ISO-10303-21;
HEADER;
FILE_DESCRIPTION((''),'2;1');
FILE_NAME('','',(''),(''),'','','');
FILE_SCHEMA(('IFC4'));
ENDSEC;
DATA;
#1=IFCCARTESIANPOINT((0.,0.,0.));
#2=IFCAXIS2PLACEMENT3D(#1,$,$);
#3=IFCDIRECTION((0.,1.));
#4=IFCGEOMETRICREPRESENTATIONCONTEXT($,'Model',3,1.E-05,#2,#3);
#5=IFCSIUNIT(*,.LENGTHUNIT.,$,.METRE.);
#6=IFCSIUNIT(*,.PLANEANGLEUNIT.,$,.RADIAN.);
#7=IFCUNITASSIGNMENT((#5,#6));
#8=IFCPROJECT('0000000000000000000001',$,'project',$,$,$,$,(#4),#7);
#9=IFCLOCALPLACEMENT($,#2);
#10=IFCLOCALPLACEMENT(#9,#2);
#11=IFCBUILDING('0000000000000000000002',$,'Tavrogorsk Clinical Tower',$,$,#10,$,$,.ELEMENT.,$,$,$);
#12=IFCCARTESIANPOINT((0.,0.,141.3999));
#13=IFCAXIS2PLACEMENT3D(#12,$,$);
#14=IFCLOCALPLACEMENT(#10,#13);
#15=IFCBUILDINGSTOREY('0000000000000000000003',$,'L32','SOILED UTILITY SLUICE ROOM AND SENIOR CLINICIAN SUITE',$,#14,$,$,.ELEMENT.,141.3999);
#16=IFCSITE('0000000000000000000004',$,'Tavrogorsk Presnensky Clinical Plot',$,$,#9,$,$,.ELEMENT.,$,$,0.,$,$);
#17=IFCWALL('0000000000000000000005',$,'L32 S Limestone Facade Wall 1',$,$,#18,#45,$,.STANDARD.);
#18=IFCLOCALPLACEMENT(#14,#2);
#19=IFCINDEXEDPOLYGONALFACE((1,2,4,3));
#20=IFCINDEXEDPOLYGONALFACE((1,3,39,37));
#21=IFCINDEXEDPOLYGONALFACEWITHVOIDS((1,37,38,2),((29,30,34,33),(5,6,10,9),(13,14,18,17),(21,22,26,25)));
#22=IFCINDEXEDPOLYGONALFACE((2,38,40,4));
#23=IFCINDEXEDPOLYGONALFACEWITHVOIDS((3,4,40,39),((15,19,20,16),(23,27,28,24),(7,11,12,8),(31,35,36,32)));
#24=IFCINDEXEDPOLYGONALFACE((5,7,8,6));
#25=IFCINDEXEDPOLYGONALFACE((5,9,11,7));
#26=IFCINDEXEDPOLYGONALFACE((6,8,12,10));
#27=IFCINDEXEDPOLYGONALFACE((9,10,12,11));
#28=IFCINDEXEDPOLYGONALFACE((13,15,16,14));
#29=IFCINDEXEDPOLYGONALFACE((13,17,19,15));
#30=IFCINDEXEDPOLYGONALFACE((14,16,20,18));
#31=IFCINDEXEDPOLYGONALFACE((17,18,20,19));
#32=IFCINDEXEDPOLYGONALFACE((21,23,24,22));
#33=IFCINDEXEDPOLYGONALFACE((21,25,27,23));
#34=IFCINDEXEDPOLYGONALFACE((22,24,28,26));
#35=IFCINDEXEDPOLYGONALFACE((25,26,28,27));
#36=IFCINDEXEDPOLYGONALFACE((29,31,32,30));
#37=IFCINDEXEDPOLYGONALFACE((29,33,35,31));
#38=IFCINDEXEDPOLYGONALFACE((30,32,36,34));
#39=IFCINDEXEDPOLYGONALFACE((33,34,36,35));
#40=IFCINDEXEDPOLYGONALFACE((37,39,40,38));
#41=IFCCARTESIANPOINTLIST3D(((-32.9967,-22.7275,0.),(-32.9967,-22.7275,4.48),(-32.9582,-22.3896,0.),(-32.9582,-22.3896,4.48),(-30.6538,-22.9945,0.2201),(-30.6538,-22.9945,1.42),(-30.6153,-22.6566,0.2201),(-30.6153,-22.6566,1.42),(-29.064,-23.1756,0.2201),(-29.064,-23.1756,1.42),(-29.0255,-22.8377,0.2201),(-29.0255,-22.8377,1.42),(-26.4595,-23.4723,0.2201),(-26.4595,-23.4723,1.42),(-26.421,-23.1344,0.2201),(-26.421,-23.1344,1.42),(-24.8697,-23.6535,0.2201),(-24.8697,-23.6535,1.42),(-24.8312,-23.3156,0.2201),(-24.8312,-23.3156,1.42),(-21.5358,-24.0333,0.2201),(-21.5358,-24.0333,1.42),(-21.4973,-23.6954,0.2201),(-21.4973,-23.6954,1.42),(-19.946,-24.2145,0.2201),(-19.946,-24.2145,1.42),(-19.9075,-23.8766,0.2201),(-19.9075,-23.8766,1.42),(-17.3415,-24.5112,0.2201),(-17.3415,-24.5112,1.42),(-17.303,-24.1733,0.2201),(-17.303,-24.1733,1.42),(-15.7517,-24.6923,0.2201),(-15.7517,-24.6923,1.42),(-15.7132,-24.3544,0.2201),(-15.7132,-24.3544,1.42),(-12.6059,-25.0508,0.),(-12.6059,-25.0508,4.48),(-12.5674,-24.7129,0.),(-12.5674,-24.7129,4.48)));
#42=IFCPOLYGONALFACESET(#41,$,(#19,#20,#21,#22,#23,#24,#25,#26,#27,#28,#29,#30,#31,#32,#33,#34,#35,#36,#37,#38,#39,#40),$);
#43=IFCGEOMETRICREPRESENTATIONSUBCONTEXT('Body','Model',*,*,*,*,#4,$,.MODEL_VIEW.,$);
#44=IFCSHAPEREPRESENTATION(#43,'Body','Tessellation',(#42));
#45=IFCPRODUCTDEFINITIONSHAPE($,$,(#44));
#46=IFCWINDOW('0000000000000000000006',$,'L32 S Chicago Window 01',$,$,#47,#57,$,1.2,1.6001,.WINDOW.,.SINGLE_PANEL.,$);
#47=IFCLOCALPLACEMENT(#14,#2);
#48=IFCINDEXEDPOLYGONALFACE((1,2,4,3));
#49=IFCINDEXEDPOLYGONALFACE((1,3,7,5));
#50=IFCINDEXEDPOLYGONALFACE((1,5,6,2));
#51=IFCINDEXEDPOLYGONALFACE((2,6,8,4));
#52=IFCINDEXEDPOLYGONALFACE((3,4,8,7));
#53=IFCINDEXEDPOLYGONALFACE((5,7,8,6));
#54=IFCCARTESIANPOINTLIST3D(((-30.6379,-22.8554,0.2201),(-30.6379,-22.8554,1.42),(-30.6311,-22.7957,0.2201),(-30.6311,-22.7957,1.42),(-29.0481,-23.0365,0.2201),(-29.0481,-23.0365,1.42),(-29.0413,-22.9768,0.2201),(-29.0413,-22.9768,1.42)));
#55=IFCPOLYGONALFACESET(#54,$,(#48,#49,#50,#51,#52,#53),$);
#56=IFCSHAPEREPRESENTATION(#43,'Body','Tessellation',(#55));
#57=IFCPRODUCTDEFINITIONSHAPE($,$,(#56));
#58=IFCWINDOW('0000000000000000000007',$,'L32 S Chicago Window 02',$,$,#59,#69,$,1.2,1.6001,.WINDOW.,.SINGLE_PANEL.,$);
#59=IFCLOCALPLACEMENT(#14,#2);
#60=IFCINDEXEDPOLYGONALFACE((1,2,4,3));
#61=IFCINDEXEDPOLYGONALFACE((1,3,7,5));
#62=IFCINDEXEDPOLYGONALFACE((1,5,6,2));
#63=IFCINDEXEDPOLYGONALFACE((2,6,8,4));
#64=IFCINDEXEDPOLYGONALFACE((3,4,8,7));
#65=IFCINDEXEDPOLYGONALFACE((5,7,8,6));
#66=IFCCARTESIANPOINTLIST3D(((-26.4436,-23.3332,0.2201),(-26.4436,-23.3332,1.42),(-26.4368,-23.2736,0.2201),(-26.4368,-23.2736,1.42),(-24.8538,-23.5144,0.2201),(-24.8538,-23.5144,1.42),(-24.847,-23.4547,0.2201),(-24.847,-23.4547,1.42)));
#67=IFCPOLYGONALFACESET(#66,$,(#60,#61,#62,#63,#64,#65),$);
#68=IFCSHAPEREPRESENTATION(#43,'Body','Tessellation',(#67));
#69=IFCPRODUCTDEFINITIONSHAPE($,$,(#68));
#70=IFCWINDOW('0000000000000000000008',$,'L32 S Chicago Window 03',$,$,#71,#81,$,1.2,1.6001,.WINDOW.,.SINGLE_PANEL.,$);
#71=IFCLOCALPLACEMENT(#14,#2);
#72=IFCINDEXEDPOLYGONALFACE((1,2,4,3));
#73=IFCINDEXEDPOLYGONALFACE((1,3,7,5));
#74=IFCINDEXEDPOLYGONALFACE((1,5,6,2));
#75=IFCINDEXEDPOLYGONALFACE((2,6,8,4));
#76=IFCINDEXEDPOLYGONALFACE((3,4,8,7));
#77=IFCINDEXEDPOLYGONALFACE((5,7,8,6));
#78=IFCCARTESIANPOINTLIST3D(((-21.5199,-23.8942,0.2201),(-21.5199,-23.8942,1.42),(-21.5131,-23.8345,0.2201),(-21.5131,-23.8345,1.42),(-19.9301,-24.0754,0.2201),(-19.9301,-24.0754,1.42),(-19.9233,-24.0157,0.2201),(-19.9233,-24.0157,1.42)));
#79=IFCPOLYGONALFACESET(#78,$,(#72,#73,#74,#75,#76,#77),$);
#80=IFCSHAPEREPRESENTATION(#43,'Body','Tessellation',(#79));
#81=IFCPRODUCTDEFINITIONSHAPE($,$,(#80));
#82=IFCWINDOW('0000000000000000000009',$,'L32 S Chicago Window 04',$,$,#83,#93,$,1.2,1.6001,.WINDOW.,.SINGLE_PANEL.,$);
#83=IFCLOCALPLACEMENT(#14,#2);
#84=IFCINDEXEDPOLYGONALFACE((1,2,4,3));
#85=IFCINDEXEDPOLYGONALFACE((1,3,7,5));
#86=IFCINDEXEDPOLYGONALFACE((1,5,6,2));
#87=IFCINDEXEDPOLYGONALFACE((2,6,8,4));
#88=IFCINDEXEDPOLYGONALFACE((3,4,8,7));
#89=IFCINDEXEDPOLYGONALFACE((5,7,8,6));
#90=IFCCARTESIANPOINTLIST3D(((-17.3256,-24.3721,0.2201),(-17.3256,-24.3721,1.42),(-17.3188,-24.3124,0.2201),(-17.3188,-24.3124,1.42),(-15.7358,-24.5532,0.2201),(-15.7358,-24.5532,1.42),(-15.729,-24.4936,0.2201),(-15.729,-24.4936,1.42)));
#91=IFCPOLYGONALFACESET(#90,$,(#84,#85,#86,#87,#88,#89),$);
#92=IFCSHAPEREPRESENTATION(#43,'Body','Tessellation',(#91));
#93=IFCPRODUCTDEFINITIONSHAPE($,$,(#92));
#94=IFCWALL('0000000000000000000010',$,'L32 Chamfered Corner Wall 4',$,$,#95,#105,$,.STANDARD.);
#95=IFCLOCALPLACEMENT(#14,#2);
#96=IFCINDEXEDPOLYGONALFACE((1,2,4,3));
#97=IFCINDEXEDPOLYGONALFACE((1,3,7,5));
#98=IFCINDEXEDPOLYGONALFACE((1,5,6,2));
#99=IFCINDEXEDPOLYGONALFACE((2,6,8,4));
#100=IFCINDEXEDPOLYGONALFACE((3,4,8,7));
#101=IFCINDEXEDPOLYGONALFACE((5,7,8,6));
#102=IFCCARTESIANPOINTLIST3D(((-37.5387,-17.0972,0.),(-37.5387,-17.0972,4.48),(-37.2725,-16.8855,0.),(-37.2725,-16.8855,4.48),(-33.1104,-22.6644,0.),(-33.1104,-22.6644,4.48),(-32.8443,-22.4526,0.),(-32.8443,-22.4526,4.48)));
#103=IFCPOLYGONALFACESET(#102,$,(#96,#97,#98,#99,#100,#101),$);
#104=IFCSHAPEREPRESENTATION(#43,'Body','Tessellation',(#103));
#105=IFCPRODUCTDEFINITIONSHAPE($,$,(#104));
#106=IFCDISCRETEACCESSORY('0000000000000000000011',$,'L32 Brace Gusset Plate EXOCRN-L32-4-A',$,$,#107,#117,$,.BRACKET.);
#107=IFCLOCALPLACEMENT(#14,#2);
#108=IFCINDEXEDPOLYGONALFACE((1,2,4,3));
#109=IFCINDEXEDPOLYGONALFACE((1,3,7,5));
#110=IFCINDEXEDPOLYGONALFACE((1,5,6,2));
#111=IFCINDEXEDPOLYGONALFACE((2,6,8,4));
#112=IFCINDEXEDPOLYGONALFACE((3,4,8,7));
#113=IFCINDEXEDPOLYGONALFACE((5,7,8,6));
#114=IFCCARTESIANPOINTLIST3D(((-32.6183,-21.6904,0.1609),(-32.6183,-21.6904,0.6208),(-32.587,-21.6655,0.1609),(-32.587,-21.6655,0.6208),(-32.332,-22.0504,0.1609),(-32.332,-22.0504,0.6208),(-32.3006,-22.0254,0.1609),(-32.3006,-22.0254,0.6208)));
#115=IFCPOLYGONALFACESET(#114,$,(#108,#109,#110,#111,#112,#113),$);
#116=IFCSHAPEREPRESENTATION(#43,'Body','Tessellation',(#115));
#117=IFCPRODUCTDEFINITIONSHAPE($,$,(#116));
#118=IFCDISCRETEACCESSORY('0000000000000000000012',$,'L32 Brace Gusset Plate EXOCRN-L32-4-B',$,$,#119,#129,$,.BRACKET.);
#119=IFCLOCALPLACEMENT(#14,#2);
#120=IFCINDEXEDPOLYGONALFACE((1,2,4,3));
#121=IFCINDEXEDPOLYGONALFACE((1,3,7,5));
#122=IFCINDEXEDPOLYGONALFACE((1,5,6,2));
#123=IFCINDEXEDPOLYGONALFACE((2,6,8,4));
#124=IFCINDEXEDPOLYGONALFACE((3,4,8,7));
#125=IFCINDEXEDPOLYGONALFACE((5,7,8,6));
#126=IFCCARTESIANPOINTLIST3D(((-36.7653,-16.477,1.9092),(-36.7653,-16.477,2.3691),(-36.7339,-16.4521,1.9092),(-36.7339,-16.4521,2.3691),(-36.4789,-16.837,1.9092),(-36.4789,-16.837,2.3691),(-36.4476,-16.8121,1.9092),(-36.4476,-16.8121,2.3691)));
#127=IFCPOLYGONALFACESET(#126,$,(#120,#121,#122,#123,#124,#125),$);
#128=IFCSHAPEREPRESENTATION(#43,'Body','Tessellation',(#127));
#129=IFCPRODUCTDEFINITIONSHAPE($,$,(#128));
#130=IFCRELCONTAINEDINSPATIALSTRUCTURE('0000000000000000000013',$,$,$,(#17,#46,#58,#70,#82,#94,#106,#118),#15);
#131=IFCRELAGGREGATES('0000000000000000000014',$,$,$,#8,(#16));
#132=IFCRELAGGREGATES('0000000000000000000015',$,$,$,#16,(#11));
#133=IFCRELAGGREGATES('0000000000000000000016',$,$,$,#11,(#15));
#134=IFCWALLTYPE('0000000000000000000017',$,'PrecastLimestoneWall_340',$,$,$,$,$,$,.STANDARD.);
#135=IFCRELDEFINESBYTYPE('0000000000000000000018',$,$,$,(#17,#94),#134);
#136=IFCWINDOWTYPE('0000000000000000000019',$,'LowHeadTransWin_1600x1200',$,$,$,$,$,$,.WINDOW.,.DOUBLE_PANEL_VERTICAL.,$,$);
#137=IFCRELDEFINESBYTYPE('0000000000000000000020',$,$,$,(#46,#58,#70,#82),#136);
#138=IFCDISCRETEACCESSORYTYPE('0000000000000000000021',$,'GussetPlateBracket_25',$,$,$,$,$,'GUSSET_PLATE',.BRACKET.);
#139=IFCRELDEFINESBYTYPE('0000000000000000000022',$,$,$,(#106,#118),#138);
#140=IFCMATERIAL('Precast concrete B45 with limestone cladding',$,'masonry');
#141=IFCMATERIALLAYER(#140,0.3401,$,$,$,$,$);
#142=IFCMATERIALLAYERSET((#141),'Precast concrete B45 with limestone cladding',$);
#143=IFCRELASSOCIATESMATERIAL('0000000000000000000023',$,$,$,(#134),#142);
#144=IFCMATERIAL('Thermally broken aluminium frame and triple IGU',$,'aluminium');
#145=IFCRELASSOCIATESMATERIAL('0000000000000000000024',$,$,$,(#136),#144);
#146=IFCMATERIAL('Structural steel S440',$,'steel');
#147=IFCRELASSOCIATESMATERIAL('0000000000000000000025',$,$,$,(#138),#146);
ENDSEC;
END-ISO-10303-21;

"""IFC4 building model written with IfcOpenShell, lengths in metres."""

from ifc_helpers import new_model, si_unit, direction, frame, frame_2d, origin, origin_2d, place, context, subcontext, project, spatial, rectangle, extrude, material, layer, layer_set, type_object, element, fill, save


model = new_model("IFC4")

# Units and contexts
model_context = context("Model", 3, precision=1e-05, world=origin(), true_north=direction((0.0, 1.0)))
body_context = subcontext(model_context, "Body", "Model", "MODEL_VIEW")
ifc_project = project(units=[si_unit("LENGTHUNIT", "METRE"), si_unit("PLANEANGLEUNIT", "RADIAN")], contexts=[model_context])

# Site, building, storey
site_placement = place(None, origin())
site = spatial("IfcSite", under=ifc_project, at=site_placement, Name="Tavrogorsk Presnensky Clinical Plot", CompositionType="ELEMENT", RefElevation=0.0)
building_placement = place(site_placement, origin())
building = spatial("IfcBuilding", under=site, at=building_placement, Name="Tavrogorsk Clinical Tower", CompositionType="ELEMENT")
storey_placement = place(building_placement, frame((0.0, 0.0, 141.3999)))
storey = spatial("IfcBuildingStorey", under=building, at=storey_placement, Name="L32", Description="SOILED UTILITY SLUICE ROOM AND SENIOR CLINICIAN SUITE", CompositionType="ELEMENT", Elevation=141.3999)

# Wall, openings, windows
ifc_material_1 = material(Name="Precast concrete B45 with limestone cladding", Category="masonry")
ifc_layer_1 = layer(ifc_material_1, 0.3401)
ifc_layer_set_1 = layer_set([ifc_layer_1], Name="Precast concrete B45 with limestone cladding")
wall_type_1 = type_object("IfcWallType", Name="PrecastLimestoneWall_340", PredefinedType="STANDARD", material=ifc_layer_set_1)
wall_1_placement = place(storey_placement, frame((-32.9773, -22.5586, 0.0), z_axis=(0.0, 0.0, 1.0), x_axis=(0.993572, -0.113203, 0.0)))
wall_1 = element("IfcWall", 1, at=wall_1_placement, inside=storey, type_object=wall_type_1, Name="L32 S Limestone Facade Wall 1", PredefinedType="STANDARD", context=body_context, shape_type="SweptSolid", body=[
    extrude(rectangle(XDim=20.5227, YDim=0.3401, at=frame_2d((10.2612, 0.0))), origin(), (0.0, 0.0, 1.0), 4.48),
])
opening_1_placement = place(wall_1_placement, frame((2.3579, 0.0, 0.22)))
opening_1 = element("IfcOpeningElement", 2, at=opening_1_placement, cuts=wall_1, PredefinedType="OPENING", context=body_context, shape_type="SweptSolid", body=[
    extrude(rectangle(XDim=1.6001, YDim=1.2, at=frame_2d((0.8, 0.6001))), frame((0.0, 0.1799, 0.0), z_axis=(0.0, -1.0, 0.0), x_axis=(1.0, 0.0, 0.0)), (0.0, 0.0, 1.0), 0.3601),
])
opening_2_placement = place(wall_1_placement, frame((6.5793, 0.0, 0.22)))
opening_2 = element("IfcOpeningElement", 3, at=opening_2_placement, cuts=wall_1, PredefinedType="OPENING", context=body_context, shape_type="SweptSolid", body=[
    extrude(rectangle(XDim=1.6001, YDim=1.2, at=frame_2d((0.8, 0.6001))), frame((0.0, 0.1799, 0.0), z_axis=(0.0, -1.0, 0.0), x_axis=(1.0, 0.0, 0.0)), (0.0, 0.0, 1.0), 0.3601),
])
opening_3_placement = place(wall_1_placement, frame((11.5349, 0.0, 0.22)))
opening_3 = element("IfcOpeningElement", 4, at=opening_3_placement, cuts=wall_1, PredefinedType="OPENING", context=body_context, shape_type="SweptSolid", body=[
    extrude(rectangle(XDim=1.6001, YDim=1.2, at=frame_2d((0.8, 0.6001))), frame((0.0, 0.1799, 0.0), z_axis=(0.0, -1.0, 0.0), x_axis=(1.0, 0.0, 0.0)), (0.0, 0.0, 1.0), 0.3601),
])
opening_4_placement = place(wall_1_placement, frame((15.7563, 0.0, 0.22)))
opening_4 = element("IfcOpeningElement", 5, at=opening_4_placement, cuts=wall_1, PredefinedType="OPENING", context=body_context, shape_type="SweptSolid", body=[
    extrude(rectangle(XDim=1.6001, YDim=1.2, at=frame_2d((0.8, 0.6001))), frame((0.0, 0.1799, 0.0), z_axis=(0.0, -1.0, 0.0), x_axis=(1.0, 0.0, 0.0)), (0.0, 0.0, 1.0), 0.3601),
])
ifc_material_2 = material(Name="Thermally broken aluminium frame and triple IGU", Category="aluminium")
window_type = type_object("IfcWindowType", Name="LowHeadTransWin_1600x1200", PartitioningType="DOUBLE_PANEL_VERTICAL", PredefinedType="WINDOW", material=ifc_material_2)
window_1_placement = place(opening_1_placement, origin())
window_1 = element("IfcWindow", 6, at=window_1_placement, inside=storey, type_object=window_type, Name="L32 S Chicago Window 01", OverallHeight=1.2, OverallWidth=1.6001, PartitioningType="SINGLE_PANEL", PredefinedType="WINDOW", context=body_context, shape_type="SweptSolid", body=[
    extrude(rectangle(XDim=1.6001, YDim=1.2, at=frame_2d((0.8, 0.6001))), frame((0.0, 0.03, 0.0), z_axis=(0.0, -1.0, 0.0), x_axis=(1.0, 0.0, 0.0)), (0.0, 0.0, 1.0), 0.0601),
])
fill(opening_1, window_1)
window_2_placement = place(opening_2_placement, origin())
window_2 = element("IfcWindow", 7, at=window_2_placement, inside=storey, type_object=window_type, Name="L32 S Chicago Window 02", OverallHeight=1.2, OverallWidth=1.6001, PartitioningType="SINGLE_PANEL", PredefinedType="WINDOW", context=body_context, shape_type="SweptSolid", body=[
    extrude(rectangle(XDim=1.6001, YDim=1.2, at=frame_2d((0.8, 0.6001))), frame((0.0, 0.03, 0.0), z_axis=(0.0, -1.0, 0.0), x_axis=(1.0, 0.0, 0.0)), (0.0, 0.0, 1.0), 0.0601),
])
fill(opening_2, window_2)
window_3_placement = place(opening_3_placement, origin())
window_3 = element("IfcWindow", 8, at=window_3_placement, inside=storey, type_object=window_type, Name="L32 S Chicago Window 03", OverallHeight=1.2, OverallWidth=1.6001, PartitioningType="SINGLE_PANEL", PredefinedType="WINDOW", context=body_context, shape_type="SweptSolid", body=[
    extrude(rectangle(XDim=1.6001, YDim=1.2, at=frame_2d((0.8, 0.6001))), frame((0.0, 0.03, 0.0), z_axis=(0.0, -1.0, 0.0), x_axis=(1.0, 0.0, 0.0)), (0.0, 0.0, 1.0), 0.0601),
])
fill(opening_3, window_3)
window_4_placement = place(opening_4_placement, origin())
window_4 = element("IfcWindow", 9, at=window_4_placement, inside=storey, type_object=window_type, Name="L32 S Chicago Window 04", OverallHeight=1.2, OverallWidth=1.6001, PartitioningType="SINGLE_PANEL", PredefinedType="WINDOW", context=body_context, shape_type="SweptSolid", body=[
    extrude(rectangle(XDim=1.6001, YDim=1.2, at=frame_2d((0.8, 0.6001))), frame((0.0, 0.03, 0.0), z_axis=(0.0, -1.0, 0.0), x_axis=(1.0, 0.0, 0.0)), (0.0, 0.0, 1.0), 0.0601),
])
fill(opening_4, window_4)

# Wall
wall_2_placement = place(storey_placement, frame((-37.4055, -16.9915, 0.0), z_axis=(0.0, 0.0, 1.0), x_axis=(0.622508, -0.782614, 0.0)))
element("IfcWall", 10, at=wall_2_placement, inside=storey, type_object=wall_type_1, Name="L32 Chamfered Corner Wall 4", PredefinedType="STANDARD", context=body_context, shape_type="SweptSolid", body=[
    extrude(rectangle(XDim=7.1135, YDim=0.3401, at=frame_2d((3.5566, 0.0))), origin(), (0.0, 0.0, 1.0), 4.48),
])

# Discrete accessories
ifc_material_3 = material(Name="Structural steel S440", Category="steel")
discrete_accessory_type = type_object("IfcDiscreteAccessoryType", Name="GussetPlateBracket_25", ElementType="GUSSET_PLATE", PredefinedType="BRACKET", material=ifc_material_3)
for number, where, z_axis, x_axis, name in (
    (11, (-32.4595, -21.8579, 0.1609), (0.0, 0.0, 1.0), (-0.622515, 0.782608, 0.0), "L32 Brace Gusset Plate EXOCRN-L32-4-A"),
    (12, (-36.6064, -16.6445, 1.9092), (0.0, 0.0, 1.0), (-0.622515, 0.782608, 0.0), "L32 Brace Gusset Plate EXOCRN-L32-4-B"),
):
    element("IfcDiscreteAccessory", number, at=place(storey_placement, frame(where, z_axis=z_axis, x_axis=x_axis)), inside=storey, type_object=discrete_accessory_type, Name=name, PredefinedType="BRACKET", context=body_context, shape_type="SweptSolid", body=[
        extrude(rectangle(XDim=0.46, YDim=0.04, at=origin_2d()), origin(), (0.0, 0.0, 1.0), 0.46),
    ])

save(model, "model.ifc")
